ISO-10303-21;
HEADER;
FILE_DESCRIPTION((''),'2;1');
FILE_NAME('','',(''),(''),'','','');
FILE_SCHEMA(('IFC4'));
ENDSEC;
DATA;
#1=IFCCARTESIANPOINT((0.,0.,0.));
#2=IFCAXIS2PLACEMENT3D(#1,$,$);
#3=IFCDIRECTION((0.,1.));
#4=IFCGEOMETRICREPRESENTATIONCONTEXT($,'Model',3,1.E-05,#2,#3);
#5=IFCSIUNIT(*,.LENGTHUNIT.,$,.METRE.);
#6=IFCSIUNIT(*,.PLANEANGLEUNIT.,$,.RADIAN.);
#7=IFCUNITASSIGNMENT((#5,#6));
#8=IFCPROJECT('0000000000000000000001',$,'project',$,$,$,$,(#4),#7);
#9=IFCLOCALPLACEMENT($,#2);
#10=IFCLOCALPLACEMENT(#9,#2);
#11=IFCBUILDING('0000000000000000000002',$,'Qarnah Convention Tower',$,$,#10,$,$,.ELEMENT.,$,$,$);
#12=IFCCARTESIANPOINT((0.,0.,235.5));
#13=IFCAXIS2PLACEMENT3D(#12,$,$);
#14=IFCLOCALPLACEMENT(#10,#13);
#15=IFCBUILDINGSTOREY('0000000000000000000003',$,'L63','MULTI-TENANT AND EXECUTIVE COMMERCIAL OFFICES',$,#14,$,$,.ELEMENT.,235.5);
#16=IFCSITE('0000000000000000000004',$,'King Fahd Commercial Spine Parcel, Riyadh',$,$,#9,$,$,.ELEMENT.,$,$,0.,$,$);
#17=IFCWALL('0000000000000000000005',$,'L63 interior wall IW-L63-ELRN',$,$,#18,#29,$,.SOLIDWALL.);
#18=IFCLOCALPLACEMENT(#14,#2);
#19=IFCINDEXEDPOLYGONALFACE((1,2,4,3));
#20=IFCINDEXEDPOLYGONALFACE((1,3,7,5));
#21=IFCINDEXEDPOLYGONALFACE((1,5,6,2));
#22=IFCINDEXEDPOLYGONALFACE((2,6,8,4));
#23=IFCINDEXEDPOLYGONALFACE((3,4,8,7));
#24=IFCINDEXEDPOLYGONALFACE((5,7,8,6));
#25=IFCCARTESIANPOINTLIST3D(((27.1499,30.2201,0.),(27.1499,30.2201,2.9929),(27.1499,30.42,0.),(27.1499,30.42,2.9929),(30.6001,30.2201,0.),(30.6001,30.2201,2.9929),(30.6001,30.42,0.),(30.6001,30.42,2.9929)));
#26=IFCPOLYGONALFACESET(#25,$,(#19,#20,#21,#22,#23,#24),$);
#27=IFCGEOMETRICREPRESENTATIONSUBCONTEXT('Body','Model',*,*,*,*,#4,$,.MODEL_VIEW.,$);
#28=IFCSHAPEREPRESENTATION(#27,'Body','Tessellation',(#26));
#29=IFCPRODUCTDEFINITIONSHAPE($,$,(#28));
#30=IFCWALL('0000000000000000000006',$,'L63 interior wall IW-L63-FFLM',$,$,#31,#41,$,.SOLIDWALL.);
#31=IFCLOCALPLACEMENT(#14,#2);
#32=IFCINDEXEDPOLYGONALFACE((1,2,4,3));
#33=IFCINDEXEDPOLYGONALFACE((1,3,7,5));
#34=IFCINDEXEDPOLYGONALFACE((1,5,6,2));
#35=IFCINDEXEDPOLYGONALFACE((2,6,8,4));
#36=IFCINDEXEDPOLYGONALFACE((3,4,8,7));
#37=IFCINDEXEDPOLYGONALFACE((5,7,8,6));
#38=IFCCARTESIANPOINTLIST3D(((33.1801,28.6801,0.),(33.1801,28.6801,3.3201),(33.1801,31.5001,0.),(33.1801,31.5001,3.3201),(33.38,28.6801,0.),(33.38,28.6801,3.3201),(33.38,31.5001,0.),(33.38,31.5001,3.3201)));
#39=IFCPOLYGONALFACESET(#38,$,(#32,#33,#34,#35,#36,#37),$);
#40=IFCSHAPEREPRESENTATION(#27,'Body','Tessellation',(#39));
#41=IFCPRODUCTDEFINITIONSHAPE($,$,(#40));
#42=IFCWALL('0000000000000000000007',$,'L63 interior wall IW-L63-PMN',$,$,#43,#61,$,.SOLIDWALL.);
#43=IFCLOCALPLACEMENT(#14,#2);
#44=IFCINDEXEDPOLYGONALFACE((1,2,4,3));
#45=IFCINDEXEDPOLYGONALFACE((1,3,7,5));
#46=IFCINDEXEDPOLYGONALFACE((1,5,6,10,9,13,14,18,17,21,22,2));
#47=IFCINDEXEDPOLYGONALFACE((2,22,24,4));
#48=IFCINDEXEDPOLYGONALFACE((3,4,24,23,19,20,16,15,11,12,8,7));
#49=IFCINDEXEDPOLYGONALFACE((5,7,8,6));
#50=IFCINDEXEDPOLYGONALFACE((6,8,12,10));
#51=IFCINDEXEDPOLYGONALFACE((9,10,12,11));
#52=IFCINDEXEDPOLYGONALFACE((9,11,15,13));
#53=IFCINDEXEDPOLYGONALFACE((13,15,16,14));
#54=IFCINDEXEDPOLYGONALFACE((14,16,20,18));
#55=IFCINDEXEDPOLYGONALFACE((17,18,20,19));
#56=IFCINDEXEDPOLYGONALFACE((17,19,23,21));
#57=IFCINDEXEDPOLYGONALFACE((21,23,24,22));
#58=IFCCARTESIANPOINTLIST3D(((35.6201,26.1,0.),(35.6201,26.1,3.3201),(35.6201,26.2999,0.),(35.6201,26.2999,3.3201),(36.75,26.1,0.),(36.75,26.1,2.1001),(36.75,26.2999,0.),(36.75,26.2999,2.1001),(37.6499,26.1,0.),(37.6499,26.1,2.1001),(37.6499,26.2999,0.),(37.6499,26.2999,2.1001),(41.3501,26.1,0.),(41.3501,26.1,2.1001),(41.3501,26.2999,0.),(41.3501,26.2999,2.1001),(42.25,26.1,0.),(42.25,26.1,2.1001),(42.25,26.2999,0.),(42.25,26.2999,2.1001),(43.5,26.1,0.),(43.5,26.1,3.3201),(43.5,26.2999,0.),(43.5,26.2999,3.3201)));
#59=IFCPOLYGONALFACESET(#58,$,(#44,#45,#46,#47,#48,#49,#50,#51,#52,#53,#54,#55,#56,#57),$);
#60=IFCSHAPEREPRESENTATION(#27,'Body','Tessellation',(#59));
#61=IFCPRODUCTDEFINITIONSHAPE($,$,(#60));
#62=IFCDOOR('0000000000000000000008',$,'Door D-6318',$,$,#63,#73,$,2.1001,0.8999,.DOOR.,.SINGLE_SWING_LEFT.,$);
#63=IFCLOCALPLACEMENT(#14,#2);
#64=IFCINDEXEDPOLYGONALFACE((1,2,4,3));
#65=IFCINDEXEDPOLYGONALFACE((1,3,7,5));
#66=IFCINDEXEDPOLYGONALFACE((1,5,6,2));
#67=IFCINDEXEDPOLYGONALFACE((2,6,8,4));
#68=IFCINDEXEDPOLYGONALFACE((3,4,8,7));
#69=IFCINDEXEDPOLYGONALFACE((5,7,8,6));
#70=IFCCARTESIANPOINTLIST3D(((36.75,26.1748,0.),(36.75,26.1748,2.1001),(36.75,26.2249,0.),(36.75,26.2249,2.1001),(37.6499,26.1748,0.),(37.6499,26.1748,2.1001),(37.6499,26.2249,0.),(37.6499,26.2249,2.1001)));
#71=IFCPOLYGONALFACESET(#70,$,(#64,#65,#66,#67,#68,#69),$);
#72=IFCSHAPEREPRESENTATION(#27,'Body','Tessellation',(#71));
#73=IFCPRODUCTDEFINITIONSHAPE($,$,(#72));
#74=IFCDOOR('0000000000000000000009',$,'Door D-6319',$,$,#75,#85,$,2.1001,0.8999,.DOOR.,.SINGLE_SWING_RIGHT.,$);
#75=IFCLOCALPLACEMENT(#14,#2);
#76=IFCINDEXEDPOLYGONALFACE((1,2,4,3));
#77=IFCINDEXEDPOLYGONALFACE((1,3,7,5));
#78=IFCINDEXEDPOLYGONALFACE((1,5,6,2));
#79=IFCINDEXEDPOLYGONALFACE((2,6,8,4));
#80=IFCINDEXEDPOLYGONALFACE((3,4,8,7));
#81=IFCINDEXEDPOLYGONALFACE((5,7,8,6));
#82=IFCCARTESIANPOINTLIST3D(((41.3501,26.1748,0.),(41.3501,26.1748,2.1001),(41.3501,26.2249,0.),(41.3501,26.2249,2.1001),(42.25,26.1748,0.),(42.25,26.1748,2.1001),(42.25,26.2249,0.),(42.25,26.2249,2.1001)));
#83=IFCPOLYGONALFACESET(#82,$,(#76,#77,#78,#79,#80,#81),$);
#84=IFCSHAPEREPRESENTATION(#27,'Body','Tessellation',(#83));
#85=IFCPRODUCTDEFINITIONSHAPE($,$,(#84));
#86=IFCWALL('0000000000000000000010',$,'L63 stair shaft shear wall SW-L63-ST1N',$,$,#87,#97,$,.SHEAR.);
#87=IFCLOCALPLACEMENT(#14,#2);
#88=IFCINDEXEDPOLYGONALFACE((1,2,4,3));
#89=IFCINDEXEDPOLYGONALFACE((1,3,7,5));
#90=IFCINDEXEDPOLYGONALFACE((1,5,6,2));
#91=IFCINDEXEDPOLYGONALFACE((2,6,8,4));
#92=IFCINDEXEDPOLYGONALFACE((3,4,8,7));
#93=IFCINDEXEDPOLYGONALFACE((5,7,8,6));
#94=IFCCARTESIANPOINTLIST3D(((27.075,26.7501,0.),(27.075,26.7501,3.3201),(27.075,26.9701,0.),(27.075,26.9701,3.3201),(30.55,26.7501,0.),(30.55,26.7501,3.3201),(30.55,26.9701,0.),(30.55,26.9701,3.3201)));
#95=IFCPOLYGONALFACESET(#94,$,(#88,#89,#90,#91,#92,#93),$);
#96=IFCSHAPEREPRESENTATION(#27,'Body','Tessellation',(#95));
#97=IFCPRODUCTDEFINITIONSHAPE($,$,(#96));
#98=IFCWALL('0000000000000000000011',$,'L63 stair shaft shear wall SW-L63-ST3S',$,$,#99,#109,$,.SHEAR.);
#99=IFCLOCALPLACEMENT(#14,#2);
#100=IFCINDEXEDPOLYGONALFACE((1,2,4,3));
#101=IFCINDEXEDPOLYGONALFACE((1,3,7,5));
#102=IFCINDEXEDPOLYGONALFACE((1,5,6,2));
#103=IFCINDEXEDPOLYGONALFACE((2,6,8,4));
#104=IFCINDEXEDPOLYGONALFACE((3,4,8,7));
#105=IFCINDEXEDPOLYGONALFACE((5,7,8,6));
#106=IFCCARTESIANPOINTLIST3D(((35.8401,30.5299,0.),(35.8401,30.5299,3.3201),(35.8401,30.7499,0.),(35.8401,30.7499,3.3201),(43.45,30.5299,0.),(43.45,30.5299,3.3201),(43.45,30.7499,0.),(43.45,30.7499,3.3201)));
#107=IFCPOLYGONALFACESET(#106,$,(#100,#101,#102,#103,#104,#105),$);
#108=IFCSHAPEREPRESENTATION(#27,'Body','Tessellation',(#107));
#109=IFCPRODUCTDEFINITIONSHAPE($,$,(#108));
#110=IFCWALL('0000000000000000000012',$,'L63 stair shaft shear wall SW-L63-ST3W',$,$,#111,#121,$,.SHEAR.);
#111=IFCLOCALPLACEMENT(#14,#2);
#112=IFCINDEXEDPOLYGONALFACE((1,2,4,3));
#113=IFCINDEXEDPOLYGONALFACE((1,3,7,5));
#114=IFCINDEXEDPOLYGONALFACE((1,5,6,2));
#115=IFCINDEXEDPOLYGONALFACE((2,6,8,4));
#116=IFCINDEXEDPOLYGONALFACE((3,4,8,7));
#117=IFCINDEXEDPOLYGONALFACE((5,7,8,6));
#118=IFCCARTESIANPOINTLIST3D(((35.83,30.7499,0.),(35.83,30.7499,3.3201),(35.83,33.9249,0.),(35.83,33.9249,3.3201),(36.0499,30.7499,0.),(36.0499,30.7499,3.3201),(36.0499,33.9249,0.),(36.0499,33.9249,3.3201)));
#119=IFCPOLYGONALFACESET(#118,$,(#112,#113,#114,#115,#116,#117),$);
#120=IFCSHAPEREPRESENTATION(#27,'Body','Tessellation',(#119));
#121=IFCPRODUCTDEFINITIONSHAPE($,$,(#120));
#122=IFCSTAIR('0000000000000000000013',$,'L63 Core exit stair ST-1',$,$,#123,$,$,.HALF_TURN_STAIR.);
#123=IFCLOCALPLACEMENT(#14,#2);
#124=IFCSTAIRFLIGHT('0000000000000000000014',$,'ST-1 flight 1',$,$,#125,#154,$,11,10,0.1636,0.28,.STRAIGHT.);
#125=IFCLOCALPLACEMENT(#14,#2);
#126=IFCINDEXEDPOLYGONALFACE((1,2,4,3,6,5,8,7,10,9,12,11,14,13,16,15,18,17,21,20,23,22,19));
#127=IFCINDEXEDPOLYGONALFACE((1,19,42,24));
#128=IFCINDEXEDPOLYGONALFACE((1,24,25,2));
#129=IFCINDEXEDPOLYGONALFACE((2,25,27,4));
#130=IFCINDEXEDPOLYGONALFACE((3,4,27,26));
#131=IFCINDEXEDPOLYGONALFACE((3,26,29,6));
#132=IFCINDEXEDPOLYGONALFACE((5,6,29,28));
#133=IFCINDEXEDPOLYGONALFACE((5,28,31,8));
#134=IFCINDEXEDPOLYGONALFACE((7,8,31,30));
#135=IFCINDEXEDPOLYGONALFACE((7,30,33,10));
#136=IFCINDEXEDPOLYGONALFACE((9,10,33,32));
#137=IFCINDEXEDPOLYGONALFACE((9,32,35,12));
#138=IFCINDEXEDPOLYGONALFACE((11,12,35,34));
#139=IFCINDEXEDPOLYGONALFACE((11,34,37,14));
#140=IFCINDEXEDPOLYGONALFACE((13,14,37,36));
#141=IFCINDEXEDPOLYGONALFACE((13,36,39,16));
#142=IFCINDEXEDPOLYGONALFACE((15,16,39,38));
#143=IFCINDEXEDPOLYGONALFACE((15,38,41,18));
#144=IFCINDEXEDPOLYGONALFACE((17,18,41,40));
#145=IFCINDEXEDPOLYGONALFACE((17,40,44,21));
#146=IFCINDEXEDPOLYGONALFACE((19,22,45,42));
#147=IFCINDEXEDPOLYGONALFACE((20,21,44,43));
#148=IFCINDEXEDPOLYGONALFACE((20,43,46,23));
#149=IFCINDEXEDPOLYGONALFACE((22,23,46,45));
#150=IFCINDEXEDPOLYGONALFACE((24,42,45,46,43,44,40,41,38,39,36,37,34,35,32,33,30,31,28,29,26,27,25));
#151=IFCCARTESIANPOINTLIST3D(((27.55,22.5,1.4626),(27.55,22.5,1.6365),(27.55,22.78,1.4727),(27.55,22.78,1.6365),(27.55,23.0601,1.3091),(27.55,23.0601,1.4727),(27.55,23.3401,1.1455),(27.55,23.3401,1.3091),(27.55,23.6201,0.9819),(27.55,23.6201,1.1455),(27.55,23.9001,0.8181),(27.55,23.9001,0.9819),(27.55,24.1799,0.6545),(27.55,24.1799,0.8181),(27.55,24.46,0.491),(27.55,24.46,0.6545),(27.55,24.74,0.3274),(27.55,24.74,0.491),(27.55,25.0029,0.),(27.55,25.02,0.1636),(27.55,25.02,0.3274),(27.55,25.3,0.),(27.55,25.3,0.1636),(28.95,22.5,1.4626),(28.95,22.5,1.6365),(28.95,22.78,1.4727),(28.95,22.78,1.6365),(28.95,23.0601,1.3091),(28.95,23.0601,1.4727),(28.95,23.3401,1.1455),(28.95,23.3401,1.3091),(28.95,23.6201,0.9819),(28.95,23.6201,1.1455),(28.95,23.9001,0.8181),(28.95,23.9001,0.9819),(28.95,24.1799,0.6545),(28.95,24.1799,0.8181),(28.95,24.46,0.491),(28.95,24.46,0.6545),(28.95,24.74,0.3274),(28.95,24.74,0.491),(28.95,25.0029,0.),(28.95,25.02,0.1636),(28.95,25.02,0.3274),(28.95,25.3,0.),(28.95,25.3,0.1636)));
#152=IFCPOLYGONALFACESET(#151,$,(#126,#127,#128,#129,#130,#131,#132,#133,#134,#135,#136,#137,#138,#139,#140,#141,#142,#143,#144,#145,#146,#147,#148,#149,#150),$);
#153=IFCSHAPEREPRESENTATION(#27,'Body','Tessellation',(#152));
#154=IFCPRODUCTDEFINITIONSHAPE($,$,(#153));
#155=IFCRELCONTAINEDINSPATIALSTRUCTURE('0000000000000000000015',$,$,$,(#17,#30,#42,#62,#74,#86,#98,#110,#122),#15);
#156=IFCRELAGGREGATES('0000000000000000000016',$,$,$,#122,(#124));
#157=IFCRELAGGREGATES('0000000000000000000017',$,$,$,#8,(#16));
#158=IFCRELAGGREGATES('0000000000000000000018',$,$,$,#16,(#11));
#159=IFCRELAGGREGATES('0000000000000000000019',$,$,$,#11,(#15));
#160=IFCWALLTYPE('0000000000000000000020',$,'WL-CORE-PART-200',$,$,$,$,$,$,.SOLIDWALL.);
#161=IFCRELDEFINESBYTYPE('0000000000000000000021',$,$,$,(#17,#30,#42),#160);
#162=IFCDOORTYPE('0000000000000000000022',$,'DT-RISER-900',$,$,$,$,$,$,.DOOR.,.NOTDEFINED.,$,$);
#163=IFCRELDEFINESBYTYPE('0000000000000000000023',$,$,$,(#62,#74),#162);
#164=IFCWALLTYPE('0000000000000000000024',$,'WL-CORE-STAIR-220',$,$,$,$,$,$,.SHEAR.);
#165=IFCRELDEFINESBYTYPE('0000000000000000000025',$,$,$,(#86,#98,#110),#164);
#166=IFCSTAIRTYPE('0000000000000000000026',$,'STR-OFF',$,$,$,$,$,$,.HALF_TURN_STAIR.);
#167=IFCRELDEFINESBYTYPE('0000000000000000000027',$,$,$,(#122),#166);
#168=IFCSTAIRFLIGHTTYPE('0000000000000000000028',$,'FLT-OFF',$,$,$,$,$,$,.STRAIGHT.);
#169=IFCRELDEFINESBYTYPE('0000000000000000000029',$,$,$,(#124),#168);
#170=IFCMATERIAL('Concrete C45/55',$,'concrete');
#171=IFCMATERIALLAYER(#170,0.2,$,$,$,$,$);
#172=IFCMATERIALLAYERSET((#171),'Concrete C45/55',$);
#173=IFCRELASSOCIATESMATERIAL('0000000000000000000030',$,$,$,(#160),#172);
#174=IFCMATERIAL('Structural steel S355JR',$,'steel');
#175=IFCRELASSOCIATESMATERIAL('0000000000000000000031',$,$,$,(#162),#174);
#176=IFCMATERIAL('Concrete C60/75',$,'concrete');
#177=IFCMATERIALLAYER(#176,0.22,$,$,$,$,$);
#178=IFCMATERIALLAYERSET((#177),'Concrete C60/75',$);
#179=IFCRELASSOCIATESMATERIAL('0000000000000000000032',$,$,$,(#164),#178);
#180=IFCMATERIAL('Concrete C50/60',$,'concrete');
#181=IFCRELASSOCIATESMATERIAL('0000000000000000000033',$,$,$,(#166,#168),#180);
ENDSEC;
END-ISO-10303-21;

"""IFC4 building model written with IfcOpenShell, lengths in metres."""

from ifc_helpers import new_model, si_unit, direction, frame, frame_2d, origin, place, context, subcontext, project, spatial, polyline, rectangle, outline, extrude, material, layer, layer_set, type_object, element, fill, aggregate, save


model = new_model("IFC4")

# Units and contexts
model_context = context("Model", 3, precision=1e-05, world=origin(), true_north=direction((0.0, 1.0)))
body_context = subcontext(model_context, "Body", "Model", "MODEL_VIEW")
ifc_project = project(units=[si_unit("LENGTHUNIT", "METRE"), si_unit("PLANEANGLEUNIT", "RADIAN")], contexts=[model_context])

# Site, building, storey
site_placement = place(None, origin())
site = spatial("IfcSite", under=ifc_project, at=site_placement, Name="King Fahd Commercial Spine Parcel, Riyadh", CompositionType="ELEMENT", RefElevation=0.0)
building_placement = place(site_placement, origin())
building = spatial("IfcBuilding", under=site, at=building_placement, Name="Qarnah Convention Tower", CompositionType="ELEMENT")
storey_placement = place(building_placement, frame((0.0, 0.0, 235.5)))
storey = spatial("IfcBuildingStorey", under=building, at=storey_placement, Name="L63", Description="MULTI-TENANT AND EXECUTIVE COMMERCIAL OFFICES", CompositionType="ELEMENT", Elevation=235.5)

# Wall
ifc_material_1 = material(Name="Concrete C45/55", Category="concrete")
ifc_layer_1 = layer(ifc_material_1, 0.2)
ifc_layer_set_1 = layer_set([ifc_layer_1], Name="Concrete C45/55")
wall_type_1 = type_object("IfcWallType", Name="WL-CORE-PART-200", PredefinedType="SOLIDWALL", material=ifc_layer_set_1)
wall_1_placement = place(storey_placement, frame((27.1499, 30.3201, 0.0), z_axis=(0.0, 0.0, 1.0), x_axis=(1.0, 0.0, 0.0)))
element("IfcWall", 1, at=wall_1_placement, inside=storey, type_object=wall_type_1, Name="L63 interior wall IW-L63-ELRN", PredefinedType="SOLIDWALL", context=body_context, shape_type="SweptSolid", body=[
    extrude(rectangle(XDim=3.4502, YDim=0.2, at=frame_2d((1.7251, 0.0))), origin(), (0.0, 0.0, 1.0), 2.9929),
])

# Shared definitions
ifc_material_2 = material(Name="Structural steel S355JR", Category="steel")

# Wall
wall_2_placement = place(storey_placement, frame((33.28, 28.6799, 0.0), z_axis=(0.0, 0.0, 1.0), x_axis=(0.0, 1.0, 0.0)))
element("IfcWall", 2, at=wall_2_placement, inside=storey, type_object=wall_type_1, Name="L63 interior wall IW-L63-FFLM", PredefinedType="SOLIDWALL", context=body_context, shape_type="SweptSolid", body=[
    extrude(rectangle(XDim=2.8201, YDim=0.2, at=frame_2d((1.4102, 0.0))), origin(), (0.0, 0.0, 1.0), 3.3201),
])

# Wall, openings, doors
wall_3_placement = place(storey_placement, frame((35.6201, 26.2, 0.0), z_axis=(0.0, 0.0, 1.0), x_axis=(1.0, 0.0, 0.0)))
wall_3 = element("IfcWall", 3, at=wall_3_placement, inside=storey, type_object=wall_type_1, Name="L63 interior wall IW-L63-PMN", PredefinedType="SOLIDWALL", context=body_context, shape_type="SweptSolid", body=[
    extrude(rectangle(XDim=7.8799, YDim=0.2, at=frame_2d((3.9399, 0.0))), origin(), (0.0, 0.0, 1.0), 3.3201),
])
opening_1_placement = place(wall_3_placement, frame((1.1299, 0.0, 0.0)))
opening_1 = element("IfcOpeningElement", 4, at=opening_1_placement, cuts=wall_3, PredefinedType="OPENING", context=body_context, shape_type="SweptSolid", body=[
    extrude(rectangle(XDim=0.8999, YDim=2.1001, at=frame_2d((0.45, 1.05))), frame((0.0, 0.1099, 0.0), z_axis=(0.0, -1.0, 0.0), x_axis=(1.0, 0.0, 0.0)), (0.0, 0.0, 1.0), 0.22),
])
opening_2_placement = place(wall_3_placement, frame((5.73, 0.0, 0.0)))
opening_2 = element("IfcOpeningElement", 5, at=opening_2_placement, cuts=wall_3, PredefinedType="OPENING", context=body_context, shape_type="SweptSolid", body=[
    extrude(rectangle(XDim=0.8999, YDim=2.1001, at=frame_2d((0.45, 1.05))), frame((0.0, 0.1099, 0.0), z_axis=(0.0, -1.0, 0.0), x_axis=(1.0, 0.0, 0.0)), (0.0, 0.0, 1.0), 0.22),
])
door_type_1 = type_object("IfcDoorType", Name="DT-RISER-900", OperationType="NOTDEFINED", PredefinedType="DOOR", material=ifc_material_2)
door_1_placement = place(opening_1_placement, origin())
door_1 = element("IfcDoor", 6, at=door_1_placement, inside=storey, type_object=door_type_1, Name="Door D-6318", OperationType="SINGLE_SWING_LEFT", OverallHeight=2.1001, OverallWidth=0.8999, PredefinedType="DOOR", context=body_context, shape_type="SweptSolid", body=[
    extrude(rectangle(XDim=0.8999, YDim=2.1001, at=frame_2d((0.45, 1.05))), frame((0.0, 0.0249, 0.0), z_axis=(0.0, -1.0, 0.0), x_axis=(1.0, 0.0, 0.0)), (0.0, 0.0, 1.0), 0.05),
])
fill(opening_1, door_1)
door_2_placement = place(opening_2_placement, origin())
door_2 = element("IfcDoor", 7, at=door_2_placement, inside=storey, type_object=door_type_1, Name="Door D-6319", OperationType="SINGLE_SWING_RIGHT", OverallHeight=2.1001, OverallWidth=0.8999, PredefinedType="DOOR", context=body_context, shape_type="SweptSolid", body=[
    extrude(rectangle(XDim=0.8999, YDim=2.1001, at=frame_2d((0.45, 1.05))), frame((0.0, 0.0249, 0.0), z_axis=(0.0, -1.0, 0.0), x_axis=(1.0, 0.0, 0.0)), (0.0, 0.0, 1.0), 0.05),
])
fill(opening_2, door_2)

# Walls
ifc_material_3 = material(Name="Concrete C60/75", Category="concrete")
ifc_layer_2 = layer(ifc_material_3, 0.22)
ifc_layer_set_2 = layer_set([ifc_layer_2], Name="Concrete C60/75")
wall_type_2 = type_object("IfcWallType", Name="WL-CORE-STAIR-220", PredefinedType="SHEAR", material=ifc_layer_set_2)
wall_4_placement = place(storey_placement, frame((27.075, 26.8601, 0.0), z_axis=(0.0, 0.0, 1.0), x_axis=(1.0, 0.0, 0.0)))
element("IfcWall", 8, at=wall_4_placement, inside=storey, type_object=wall_type_2, Name="L63 stair shaft shear wall SW-L63-ST1N", PredefinedType="SHEAR", context=body_context, shape_type="SweptSolid", body=[
    extrude(rectangle(XDim=3.4751, YDim=0.22, at=frame_2d((1.7375, 0.0))), origin(), (0.0, 0.0, 1.0), 3.3201),
])
wall_5_placement = place(storey_placement, frame((35.8401, 30.6399, 0.0), z_axis=(0.0, 0.0, 1.0), x_axis=(1.0, 0.0, 0.0)))
element("IfcWall", 9, at=wall_5_placement, inside=storey, type_object=wall_type_2, Name="L63 stair shaft shear wall SW-L63-ST3S", PredefinedType="SHEAR", context=body_context, shape_type="SweptSolid", body=[
    extrude(rectangle(XDim=7.6099, YDim=0.22, at=frame_2d((3.8049, 0.0))), origin(), (0.0, 0.0, 1.0), 3.3201),
])
wall_6_placement = place(storey_placement, frame((35.9399, 30.75, 0.0), z_axis=(0.0, 0.0, 1.0), x_axis=(0.0, 1.0, 0.0)))
element("IfcWall", 10, at=wall_6_placement, inside=storey, type_object=wall_type_2, Name="L63 stair shaft shear wall SW-L63-ST3W", PredefinedType="SHEAR", context=body_context, shape_type="SweptSolid", body=[
    extrude(rectangle(XDim=3.175, YDim=0.22, at=frame_2d((1.5874, 0.0))), origin(), (0.0, 0.0, 1.0), 3.3201),
])

# Stair, stair flight
ifc_material_4 = material(Name="Concrete C50/60", Category="concrete")
stair_type = type_object("IfcStairType", Name="STR-OFF", PredefinedType="HALF_TURN_STAIR", material=ifc_material_4)
stair_1_placement = place(storey_placement, origin())
stair_1 = element("IfcStair", 11, at=stair_1_placement, inside=storey, type_object=stair_type, Name="L63 Core exit stair ST-1", PredefinedType="HALF_TURN_STAIR")
stair_flight_type = type_object("IfcStairFlightType", Name="FLT-OFF", PredefinedType="STRAIGHT", material=ifc_material_4)
stair_flight_1_placement = place(storey_placement, frame((28.25, 25.3, 0.0), z_axis=(0.0, 0.0, 1.0), x_axis=(0.0, -1.0, 0.0)))
stair_flight_1 = element("IfcStairFlight", 12, at=stair_flight_1_placement, type_object=stair_flight_type, Name="ST-1 flight 1", NumberOfRisers=11, NumberOfTreads=10, PredefinedType="STRAIGHT", RiserHeight=0.1636, TreadLength=0.28, context=body_context, shape_type="SweptSolid", body=[
    extrude(outline(polyline([(0.0, 0.0), (0.0, 0.1636), (0.28, 0.1636), (0.28, 0.3274), (0.5601, 0.3274), (0.5601, 0.491), (0.8401, 0.491), (0.8401, 0.6545), (1.1201, 0.6545), (1.1201, 0.8181), (1.3999, 0.8181), (1.3999, 0.9819), (1.6799, 0.9819), (1.6799, 1.1455), (1.96, 1.1455), (1.96, 1.3091), (2.24, 1.3091), (2.24, 1.4727), (2.52, 1.4727), (2.52, 1.6365), (2.8, 1.6365), (2.8, 1.8), (2.8, 1.4626), (0.2971, 0.0), (0.0, 0.0)])), frame((0.0, 0.7, 0.0), z_axis=(0.0, -1.0, 0.0), x_axis=(1.0, 0.0, 0.0)), (0.0, 0.0, 1.0), 1.3999),
])
aggregate(stair_1, [stair_flight_1])

save(model, "model.ifc")
